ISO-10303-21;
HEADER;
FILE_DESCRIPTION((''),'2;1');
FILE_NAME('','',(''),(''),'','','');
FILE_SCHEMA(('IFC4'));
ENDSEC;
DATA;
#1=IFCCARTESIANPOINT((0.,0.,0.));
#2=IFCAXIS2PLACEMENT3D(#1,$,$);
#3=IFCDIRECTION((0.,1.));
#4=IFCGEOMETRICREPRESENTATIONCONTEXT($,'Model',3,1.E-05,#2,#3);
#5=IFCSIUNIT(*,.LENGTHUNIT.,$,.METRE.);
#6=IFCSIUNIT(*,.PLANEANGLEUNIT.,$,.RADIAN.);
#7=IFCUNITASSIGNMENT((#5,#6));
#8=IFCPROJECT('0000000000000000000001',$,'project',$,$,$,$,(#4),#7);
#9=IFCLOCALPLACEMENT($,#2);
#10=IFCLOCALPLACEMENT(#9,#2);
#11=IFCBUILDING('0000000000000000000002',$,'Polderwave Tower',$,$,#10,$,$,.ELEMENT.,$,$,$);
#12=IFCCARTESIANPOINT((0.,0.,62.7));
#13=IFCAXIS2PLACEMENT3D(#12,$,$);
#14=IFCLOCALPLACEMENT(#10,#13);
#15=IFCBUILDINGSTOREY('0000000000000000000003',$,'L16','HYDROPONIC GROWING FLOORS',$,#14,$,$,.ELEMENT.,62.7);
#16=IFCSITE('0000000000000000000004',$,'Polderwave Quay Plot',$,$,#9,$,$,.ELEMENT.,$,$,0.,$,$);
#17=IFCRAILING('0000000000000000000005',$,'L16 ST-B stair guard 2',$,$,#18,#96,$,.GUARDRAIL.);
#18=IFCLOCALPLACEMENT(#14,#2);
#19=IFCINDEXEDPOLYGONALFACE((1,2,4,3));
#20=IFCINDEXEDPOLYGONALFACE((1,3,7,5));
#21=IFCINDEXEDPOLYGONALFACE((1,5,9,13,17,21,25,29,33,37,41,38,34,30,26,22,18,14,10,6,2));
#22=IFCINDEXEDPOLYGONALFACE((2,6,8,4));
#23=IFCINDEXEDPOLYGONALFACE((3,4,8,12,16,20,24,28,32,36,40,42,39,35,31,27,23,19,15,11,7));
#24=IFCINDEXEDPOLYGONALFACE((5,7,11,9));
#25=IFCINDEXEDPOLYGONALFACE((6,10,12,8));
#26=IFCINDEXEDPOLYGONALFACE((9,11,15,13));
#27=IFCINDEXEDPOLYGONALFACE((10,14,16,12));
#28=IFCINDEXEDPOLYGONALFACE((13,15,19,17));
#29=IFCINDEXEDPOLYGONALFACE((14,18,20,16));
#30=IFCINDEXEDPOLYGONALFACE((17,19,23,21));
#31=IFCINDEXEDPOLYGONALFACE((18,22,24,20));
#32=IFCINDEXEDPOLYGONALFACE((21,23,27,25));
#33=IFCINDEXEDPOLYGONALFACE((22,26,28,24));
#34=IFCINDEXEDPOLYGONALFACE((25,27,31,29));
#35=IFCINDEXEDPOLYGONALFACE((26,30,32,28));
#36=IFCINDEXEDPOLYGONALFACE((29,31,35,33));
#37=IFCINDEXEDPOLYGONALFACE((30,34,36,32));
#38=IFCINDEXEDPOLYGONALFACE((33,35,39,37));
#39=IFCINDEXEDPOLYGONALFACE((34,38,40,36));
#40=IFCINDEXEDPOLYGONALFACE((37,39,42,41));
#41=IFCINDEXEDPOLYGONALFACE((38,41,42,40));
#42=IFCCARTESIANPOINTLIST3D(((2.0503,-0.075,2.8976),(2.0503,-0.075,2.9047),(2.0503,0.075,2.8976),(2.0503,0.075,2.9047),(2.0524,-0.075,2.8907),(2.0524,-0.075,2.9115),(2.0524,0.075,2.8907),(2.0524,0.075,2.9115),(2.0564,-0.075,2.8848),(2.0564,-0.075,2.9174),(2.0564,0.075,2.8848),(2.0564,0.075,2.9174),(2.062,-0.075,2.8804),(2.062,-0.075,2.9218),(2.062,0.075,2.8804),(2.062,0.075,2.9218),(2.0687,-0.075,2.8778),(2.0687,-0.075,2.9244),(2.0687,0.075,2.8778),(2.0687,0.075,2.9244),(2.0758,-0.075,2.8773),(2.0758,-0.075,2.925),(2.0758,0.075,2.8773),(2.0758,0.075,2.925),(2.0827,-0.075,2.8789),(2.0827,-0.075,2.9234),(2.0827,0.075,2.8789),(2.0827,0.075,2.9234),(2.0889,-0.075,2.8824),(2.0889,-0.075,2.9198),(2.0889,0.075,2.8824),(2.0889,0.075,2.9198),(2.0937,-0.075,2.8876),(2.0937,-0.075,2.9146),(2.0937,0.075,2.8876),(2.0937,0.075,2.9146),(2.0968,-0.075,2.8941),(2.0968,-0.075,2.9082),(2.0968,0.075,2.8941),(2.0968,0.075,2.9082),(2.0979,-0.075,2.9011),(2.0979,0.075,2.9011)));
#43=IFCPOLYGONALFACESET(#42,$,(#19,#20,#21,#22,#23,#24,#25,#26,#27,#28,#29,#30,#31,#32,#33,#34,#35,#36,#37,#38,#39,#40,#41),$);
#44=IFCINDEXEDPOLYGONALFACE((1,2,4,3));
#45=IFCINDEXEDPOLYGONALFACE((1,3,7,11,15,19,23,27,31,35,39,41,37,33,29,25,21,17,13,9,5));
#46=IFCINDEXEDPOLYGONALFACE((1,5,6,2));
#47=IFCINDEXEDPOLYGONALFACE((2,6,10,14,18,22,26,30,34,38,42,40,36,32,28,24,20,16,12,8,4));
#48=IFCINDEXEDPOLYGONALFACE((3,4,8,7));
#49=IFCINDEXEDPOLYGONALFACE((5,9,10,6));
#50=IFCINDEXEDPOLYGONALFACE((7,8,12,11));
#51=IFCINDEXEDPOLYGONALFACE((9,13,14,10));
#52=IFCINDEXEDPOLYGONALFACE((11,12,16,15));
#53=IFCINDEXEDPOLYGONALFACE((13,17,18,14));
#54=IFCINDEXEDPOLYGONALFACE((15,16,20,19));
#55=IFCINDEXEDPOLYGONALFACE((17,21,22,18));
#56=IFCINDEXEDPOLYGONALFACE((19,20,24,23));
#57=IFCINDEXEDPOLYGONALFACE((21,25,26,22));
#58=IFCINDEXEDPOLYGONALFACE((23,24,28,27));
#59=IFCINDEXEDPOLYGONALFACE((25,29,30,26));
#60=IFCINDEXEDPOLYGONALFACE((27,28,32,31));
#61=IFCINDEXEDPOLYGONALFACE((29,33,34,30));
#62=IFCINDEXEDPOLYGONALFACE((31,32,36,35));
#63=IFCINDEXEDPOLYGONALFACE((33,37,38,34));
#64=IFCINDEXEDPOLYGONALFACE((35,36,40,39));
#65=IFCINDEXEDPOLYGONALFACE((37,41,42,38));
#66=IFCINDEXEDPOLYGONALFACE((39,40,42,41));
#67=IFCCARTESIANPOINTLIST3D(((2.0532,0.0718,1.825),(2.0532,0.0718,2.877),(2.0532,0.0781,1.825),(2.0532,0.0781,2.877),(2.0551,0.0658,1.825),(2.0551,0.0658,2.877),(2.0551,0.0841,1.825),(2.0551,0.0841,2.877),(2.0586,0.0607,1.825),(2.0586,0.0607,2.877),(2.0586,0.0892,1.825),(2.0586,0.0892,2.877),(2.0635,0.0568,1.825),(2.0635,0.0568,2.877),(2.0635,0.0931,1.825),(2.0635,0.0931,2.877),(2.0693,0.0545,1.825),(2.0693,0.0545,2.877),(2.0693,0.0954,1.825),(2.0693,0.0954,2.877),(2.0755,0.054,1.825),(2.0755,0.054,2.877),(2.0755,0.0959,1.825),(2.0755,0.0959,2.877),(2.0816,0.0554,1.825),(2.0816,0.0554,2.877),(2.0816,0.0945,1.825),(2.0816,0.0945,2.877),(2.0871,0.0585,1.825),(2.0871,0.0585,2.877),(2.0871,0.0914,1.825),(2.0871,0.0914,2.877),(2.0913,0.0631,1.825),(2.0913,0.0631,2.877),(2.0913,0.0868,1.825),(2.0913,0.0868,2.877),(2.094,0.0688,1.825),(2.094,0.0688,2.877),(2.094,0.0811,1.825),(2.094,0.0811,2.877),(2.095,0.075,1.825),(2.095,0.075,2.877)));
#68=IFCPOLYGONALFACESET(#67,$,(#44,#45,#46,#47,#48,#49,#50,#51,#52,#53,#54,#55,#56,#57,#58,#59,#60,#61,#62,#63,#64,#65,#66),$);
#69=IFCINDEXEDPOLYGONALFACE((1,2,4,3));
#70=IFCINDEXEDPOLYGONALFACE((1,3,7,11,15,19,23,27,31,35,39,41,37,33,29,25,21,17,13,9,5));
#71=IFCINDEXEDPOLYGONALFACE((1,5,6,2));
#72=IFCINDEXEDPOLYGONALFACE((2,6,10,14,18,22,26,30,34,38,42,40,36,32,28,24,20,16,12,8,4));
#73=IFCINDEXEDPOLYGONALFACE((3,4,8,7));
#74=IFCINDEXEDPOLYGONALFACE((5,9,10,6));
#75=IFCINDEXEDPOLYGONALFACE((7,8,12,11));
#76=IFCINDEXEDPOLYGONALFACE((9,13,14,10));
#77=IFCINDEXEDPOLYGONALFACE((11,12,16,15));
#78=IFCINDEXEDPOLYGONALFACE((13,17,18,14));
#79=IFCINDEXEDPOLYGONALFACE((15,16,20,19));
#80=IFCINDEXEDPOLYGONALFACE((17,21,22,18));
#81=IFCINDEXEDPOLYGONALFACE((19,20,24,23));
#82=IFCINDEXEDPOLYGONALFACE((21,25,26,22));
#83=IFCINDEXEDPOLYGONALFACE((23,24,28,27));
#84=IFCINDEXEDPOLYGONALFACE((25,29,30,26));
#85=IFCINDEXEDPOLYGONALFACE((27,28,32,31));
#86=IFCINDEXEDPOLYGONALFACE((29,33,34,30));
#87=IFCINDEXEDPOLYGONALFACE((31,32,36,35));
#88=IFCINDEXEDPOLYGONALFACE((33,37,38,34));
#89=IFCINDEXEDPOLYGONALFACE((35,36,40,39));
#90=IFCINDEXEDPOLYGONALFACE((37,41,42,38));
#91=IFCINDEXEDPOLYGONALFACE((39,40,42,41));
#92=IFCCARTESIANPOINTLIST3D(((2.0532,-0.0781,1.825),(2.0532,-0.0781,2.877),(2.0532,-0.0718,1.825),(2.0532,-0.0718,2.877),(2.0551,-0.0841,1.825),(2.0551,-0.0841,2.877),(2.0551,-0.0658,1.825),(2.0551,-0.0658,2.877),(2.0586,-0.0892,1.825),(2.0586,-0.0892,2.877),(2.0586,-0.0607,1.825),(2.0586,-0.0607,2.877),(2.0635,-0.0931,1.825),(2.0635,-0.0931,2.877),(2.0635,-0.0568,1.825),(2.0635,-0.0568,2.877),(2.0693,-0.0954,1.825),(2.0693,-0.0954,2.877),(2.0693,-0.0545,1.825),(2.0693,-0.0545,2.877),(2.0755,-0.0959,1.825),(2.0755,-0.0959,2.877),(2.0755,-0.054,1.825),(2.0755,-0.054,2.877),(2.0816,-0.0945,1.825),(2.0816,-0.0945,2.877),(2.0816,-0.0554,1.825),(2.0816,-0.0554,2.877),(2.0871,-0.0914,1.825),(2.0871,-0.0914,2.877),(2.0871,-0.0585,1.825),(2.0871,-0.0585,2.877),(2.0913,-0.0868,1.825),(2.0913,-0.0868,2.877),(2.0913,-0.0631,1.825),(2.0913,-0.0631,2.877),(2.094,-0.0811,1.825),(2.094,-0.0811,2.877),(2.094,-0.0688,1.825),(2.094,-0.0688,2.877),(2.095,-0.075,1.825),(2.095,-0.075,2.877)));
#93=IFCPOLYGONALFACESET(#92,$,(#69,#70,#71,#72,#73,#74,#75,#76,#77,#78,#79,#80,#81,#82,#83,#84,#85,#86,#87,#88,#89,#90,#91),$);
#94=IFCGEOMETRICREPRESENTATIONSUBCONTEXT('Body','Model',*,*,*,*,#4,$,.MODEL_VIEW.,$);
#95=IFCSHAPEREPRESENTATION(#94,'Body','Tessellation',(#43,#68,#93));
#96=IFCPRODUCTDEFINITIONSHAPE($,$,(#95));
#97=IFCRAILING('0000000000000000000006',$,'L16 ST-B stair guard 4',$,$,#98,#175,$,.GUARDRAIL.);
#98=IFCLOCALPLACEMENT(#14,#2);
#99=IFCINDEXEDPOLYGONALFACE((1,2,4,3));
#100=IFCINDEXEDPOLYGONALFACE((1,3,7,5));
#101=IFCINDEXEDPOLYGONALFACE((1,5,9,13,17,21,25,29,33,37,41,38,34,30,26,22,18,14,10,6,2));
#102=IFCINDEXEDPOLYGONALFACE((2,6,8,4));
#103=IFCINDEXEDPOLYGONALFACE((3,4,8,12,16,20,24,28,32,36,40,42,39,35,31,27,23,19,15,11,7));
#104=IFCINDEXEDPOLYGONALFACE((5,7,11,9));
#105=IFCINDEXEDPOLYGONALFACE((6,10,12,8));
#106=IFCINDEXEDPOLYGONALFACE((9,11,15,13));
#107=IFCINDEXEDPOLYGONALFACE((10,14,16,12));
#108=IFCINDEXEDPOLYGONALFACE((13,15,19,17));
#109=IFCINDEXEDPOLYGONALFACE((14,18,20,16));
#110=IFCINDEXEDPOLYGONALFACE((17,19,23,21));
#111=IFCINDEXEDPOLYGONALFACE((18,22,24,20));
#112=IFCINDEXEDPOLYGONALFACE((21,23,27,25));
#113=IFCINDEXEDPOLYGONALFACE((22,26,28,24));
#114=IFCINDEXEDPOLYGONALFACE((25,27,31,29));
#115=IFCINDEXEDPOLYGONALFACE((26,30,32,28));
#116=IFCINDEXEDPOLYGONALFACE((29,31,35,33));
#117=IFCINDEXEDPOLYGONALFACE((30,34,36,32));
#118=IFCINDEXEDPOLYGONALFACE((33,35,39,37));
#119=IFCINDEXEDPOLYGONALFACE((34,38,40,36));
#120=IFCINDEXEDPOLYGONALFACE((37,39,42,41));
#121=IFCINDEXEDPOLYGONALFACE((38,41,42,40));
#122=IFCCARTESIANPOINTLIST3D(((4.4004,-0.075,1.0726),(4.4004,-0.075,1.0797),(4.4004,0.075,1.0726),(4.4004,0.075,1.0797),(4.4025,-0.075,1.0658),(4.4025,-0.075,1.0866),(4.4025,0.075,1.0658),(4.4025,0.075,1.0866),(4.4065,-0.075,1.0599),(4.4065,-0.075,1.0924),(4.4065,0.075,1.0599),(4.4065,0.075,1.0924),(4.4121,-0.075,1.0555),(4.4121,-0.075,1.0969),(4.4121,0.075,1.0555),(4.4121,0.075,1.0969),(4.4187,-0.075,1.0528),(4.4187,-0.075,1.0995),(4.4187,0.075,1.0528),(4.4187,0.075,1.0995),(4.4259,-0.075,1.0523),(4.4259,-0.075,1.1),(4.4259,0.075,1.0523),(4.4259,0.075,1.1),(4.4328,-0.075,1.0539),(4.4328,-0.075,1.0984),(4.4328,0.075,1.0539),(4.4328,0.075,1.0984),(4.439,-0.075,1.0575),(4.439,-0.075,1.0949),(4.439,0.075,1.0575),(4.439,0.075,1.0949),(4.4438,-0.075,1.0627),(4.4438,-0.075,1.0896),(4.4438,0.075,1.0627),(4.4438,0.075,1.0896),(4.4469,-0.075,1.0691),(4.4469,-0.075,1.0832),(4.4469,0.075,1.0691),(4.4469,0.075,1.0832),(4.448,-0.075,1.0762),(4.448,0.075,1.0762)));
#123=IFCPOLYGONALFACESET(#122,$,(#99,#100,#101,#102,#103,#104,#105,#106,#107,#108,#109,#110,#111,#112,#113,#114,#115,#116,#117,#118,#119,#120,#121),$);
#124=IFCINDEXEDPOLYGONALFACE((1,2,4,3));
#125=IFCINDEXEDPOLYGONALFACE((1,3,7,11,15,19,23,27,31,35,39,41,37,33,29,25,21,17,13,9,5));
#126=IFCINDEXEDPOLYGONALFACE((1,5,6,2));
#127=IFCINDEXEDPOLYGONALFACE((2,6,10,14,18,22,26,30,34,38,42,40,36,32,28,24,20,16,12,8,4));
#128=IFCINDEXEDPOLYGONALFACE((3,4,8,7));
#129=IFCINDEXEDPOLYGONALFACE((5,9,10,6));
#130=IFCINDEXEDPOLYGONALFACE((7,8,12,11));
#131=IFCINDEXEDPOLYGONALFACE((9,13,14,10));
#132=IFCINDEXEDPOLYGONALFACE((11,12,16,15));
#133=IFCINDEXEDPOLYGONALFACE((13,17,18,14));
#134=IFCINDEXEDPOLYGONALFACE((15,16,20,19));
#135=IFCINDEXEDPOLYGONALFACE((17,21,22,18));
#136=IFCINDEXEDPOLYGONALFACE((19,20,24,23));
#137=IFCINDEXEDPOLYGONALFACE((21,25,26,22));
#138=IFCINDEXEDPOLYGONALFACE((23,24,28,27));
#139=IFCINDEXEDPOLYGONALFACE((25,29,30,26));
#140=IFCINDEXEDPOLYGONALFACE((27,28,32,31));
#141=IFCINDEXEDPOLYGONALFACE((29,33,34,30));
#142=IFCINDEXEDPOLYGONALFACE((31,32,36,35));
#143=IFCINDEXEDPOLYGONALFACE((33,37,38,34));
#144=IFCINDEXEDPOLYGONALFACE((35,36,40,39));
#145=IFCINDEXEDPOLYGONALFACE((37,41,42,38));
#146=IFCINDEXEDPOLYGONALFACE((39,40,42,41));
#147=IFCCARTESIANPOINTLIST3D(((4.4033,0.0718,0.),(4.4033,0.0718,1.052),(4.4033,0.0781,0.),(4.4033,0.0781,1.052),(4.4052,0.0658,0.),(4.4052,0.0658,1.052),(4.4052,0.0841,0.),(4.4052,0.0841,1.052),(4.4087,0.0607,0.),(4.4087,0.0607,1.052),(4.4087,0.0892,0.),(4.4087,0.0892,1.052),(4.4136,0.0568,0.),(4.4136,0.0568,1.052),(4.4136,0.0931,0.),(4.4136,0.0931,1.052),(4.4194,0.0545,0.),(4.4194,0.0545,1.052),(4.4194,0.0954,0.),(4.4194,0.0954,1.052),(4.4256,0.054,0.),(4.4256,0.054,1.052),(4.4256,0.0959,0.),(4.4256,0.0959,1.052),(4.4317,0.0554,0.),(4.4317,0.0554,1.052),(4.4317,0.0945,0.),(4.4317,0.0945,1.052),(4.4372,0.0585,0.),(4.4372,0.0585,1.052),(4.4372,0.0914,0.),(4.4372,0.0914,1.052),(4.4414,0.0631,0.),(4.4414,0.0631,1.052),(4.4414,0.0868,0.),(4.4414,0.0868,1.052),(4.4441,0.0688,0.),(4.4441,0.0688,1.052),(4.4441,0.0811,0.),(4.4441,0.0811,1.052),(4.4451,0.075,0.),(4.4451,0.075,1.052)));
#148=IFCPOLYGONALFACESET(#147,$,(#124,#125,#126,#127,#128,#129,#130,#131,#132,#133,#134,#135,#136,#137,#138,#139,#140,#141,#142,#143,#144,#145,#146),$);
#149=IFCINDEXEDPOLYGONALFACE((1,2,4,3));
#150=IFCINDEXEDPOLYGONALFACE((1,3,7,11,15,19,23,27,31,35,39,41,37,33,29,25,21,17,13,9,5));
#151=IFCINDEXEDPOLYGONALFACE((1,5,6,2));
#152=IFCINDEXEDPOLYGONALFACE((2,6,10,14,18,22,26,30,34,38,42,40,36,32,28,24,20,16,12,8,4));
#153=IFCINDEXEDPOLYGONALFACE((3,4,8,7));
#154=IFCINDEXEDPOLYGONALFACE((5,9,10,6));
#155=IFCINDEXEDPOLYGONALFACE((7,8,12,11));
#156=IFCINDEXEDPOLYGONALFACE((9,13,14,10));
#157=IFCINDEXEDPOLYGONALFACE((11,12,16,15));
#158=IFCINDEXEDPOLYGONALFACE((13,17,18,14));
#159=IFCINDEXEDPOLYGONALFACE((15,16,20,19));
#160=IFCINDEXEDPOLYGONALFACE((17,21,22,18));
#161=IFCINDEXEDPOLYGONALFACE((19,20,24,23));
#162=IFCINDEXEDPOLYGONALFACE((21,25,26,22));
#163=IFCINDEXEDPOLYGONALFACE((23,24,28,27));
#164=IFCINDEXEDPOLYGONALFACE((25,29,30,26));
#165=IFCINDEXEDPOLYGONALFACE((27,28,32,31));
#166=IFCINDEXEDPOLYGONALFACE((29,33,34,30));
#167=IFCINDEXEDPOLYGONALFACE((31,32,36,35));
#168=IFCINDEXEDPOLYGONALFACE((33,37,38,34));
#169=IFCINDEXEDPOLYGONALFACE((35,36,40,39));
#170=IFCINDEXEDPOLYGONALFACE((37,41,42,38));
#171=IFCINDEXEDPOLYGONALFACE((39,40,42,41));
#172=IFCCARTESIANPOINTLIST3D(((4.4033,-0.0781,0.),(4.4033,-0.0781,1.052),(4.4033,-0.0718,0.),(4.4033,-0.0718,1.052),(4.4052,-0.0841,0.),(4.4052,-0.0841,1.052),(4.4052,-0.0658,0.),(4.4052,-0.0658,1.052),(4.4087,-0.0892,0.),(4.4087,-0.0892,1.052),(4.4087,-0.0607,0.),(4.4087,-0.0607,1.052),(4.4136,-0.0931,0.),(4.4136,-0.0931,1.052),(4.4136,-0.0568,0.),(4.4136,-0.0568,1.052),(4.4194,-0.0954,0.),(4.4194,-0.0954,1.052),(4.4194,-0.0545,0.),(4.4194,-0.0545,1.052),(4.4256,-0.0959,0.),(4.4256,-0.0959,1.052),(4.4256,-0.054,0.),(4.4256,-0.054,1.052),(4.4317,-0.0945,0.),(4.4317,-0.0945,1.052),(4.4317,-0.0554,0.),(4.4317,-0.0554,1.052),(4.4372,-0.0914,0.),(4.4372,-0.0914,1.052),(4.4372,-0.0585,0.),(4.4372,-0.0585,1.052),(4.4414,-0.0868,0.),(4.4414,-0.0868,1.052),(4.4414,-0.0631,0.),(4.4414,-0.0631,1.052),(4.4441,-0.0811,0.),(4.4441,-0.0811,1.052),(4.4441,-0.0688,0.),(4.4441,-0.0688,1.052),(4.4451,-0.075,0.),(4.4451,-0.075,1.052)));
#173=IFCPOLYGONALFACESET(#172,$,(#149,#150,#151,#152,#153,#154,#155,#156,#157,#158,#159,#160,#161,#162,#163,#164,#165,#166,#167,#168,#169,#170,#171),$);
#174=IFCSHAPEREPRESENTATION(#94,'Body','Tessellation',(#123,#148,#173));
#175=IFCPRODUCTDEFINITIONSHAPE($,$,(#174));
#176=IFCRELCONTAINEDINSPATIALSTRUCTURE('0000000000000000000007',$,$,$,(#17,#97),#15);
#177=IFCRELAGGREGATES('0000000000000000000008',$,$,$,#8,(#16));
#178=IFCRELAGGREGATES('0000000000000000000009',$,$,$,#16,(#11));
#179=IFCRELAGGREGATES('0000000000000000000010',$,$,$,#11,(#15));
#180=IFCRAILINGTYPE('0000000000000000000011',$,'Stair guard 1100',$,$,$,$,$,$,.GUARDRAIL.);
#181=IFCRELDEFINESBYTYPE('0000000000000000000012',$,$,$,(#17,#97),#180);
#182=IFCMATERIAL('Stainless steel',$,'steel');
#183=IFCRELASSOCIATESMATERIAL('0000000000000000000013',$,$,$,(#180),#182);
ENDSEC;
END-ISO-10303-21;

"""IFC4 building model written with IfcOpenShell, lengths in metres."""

from ifc_helpers import new_model, si_unit, direction, frame, origin, origin_2d, place, context, subcontext, project, spatial, circle, extrude, material, type_object, element, save


model = new_model("IFC4")

# Units and contexts
model_context = context("Model", 3, precision=1e-05, world=origin(), true_north=direction((0.0, 1.0)))
body_context = subcontext(model_context, "Body", "Model", "MODEL_VIEW")
ifc_project = project(units=[si_unit("LENGTHUNIT", "METRE"), si_unit("PLANEANGLEUNIT", "RADIAN")], contexts=[model_context])

# Site, building, storey
site_placement = place(None, origin())
site = spatial("IfcSite", under=ifc_project, at=site_placement, Name="Polderwave Quay Plot", CompositionType="ELEMENT", RefElevation=0.0)
building_placement = place(site_placement, origin())
building = spatial("IfcBuilding", under=site, at=building_placement, Name="Polderwave Tower", CompositionType="ELEMENT")
storey_placement = place(building_placement, frame((0.0, 0.0, 62.7)))
storey = spatial("IfcBuildingStorey", under=building, at=storey_placement, Name="L16", Description="HYDROPONIC GROWING FLOORS", CompositionType="ELEMENT", Elevation=62.7)

# Railings
ifc_material_1 = material(Name="Stainless steel", Category="steel")
railing_type_1 = type_object("IfcRailingType", Name="Stair guard 1100", PredefinedType="GUARDRAIL", material=ifc_material_1)
for number, where, name in (
    (1, (2.074, 0.075, 1.825), "L16 ST-B stair guard 2"),
    (2, (4.4241, 0.075, 0.0), "L16 ST-B stair guard 4"),
):
    element("IfcRailing", number, at=place(storey_placement, frame(where)), inside=storey, type_object=railing_type_1, Name=name, PredefinedType="GUARDRAIL", context=body_context, shape_type="SweptSolid", body=[
        extrude(circle(Radius=0.0239, at=origin_2d()), frame((0.0, 0.0, 1.0762), z_axis=(0.0, -1.0, 0.0), x_axis=(1.0, 0.0, 0.0)), (0.0, 0.0, 1.0), 0.1499),
        extrude(circle(Radius=0.021, at=origin_2d()), origin(), (0.0, 0.0, 1.0), 1.052),
        extrude(circle(Radius=0.021, at=origin_2d()), frame((0.0, -0.1499, 0.0)), (0.0, 0.0, 1.0), 1.052),
    ])

save(model, "model.ifc")
